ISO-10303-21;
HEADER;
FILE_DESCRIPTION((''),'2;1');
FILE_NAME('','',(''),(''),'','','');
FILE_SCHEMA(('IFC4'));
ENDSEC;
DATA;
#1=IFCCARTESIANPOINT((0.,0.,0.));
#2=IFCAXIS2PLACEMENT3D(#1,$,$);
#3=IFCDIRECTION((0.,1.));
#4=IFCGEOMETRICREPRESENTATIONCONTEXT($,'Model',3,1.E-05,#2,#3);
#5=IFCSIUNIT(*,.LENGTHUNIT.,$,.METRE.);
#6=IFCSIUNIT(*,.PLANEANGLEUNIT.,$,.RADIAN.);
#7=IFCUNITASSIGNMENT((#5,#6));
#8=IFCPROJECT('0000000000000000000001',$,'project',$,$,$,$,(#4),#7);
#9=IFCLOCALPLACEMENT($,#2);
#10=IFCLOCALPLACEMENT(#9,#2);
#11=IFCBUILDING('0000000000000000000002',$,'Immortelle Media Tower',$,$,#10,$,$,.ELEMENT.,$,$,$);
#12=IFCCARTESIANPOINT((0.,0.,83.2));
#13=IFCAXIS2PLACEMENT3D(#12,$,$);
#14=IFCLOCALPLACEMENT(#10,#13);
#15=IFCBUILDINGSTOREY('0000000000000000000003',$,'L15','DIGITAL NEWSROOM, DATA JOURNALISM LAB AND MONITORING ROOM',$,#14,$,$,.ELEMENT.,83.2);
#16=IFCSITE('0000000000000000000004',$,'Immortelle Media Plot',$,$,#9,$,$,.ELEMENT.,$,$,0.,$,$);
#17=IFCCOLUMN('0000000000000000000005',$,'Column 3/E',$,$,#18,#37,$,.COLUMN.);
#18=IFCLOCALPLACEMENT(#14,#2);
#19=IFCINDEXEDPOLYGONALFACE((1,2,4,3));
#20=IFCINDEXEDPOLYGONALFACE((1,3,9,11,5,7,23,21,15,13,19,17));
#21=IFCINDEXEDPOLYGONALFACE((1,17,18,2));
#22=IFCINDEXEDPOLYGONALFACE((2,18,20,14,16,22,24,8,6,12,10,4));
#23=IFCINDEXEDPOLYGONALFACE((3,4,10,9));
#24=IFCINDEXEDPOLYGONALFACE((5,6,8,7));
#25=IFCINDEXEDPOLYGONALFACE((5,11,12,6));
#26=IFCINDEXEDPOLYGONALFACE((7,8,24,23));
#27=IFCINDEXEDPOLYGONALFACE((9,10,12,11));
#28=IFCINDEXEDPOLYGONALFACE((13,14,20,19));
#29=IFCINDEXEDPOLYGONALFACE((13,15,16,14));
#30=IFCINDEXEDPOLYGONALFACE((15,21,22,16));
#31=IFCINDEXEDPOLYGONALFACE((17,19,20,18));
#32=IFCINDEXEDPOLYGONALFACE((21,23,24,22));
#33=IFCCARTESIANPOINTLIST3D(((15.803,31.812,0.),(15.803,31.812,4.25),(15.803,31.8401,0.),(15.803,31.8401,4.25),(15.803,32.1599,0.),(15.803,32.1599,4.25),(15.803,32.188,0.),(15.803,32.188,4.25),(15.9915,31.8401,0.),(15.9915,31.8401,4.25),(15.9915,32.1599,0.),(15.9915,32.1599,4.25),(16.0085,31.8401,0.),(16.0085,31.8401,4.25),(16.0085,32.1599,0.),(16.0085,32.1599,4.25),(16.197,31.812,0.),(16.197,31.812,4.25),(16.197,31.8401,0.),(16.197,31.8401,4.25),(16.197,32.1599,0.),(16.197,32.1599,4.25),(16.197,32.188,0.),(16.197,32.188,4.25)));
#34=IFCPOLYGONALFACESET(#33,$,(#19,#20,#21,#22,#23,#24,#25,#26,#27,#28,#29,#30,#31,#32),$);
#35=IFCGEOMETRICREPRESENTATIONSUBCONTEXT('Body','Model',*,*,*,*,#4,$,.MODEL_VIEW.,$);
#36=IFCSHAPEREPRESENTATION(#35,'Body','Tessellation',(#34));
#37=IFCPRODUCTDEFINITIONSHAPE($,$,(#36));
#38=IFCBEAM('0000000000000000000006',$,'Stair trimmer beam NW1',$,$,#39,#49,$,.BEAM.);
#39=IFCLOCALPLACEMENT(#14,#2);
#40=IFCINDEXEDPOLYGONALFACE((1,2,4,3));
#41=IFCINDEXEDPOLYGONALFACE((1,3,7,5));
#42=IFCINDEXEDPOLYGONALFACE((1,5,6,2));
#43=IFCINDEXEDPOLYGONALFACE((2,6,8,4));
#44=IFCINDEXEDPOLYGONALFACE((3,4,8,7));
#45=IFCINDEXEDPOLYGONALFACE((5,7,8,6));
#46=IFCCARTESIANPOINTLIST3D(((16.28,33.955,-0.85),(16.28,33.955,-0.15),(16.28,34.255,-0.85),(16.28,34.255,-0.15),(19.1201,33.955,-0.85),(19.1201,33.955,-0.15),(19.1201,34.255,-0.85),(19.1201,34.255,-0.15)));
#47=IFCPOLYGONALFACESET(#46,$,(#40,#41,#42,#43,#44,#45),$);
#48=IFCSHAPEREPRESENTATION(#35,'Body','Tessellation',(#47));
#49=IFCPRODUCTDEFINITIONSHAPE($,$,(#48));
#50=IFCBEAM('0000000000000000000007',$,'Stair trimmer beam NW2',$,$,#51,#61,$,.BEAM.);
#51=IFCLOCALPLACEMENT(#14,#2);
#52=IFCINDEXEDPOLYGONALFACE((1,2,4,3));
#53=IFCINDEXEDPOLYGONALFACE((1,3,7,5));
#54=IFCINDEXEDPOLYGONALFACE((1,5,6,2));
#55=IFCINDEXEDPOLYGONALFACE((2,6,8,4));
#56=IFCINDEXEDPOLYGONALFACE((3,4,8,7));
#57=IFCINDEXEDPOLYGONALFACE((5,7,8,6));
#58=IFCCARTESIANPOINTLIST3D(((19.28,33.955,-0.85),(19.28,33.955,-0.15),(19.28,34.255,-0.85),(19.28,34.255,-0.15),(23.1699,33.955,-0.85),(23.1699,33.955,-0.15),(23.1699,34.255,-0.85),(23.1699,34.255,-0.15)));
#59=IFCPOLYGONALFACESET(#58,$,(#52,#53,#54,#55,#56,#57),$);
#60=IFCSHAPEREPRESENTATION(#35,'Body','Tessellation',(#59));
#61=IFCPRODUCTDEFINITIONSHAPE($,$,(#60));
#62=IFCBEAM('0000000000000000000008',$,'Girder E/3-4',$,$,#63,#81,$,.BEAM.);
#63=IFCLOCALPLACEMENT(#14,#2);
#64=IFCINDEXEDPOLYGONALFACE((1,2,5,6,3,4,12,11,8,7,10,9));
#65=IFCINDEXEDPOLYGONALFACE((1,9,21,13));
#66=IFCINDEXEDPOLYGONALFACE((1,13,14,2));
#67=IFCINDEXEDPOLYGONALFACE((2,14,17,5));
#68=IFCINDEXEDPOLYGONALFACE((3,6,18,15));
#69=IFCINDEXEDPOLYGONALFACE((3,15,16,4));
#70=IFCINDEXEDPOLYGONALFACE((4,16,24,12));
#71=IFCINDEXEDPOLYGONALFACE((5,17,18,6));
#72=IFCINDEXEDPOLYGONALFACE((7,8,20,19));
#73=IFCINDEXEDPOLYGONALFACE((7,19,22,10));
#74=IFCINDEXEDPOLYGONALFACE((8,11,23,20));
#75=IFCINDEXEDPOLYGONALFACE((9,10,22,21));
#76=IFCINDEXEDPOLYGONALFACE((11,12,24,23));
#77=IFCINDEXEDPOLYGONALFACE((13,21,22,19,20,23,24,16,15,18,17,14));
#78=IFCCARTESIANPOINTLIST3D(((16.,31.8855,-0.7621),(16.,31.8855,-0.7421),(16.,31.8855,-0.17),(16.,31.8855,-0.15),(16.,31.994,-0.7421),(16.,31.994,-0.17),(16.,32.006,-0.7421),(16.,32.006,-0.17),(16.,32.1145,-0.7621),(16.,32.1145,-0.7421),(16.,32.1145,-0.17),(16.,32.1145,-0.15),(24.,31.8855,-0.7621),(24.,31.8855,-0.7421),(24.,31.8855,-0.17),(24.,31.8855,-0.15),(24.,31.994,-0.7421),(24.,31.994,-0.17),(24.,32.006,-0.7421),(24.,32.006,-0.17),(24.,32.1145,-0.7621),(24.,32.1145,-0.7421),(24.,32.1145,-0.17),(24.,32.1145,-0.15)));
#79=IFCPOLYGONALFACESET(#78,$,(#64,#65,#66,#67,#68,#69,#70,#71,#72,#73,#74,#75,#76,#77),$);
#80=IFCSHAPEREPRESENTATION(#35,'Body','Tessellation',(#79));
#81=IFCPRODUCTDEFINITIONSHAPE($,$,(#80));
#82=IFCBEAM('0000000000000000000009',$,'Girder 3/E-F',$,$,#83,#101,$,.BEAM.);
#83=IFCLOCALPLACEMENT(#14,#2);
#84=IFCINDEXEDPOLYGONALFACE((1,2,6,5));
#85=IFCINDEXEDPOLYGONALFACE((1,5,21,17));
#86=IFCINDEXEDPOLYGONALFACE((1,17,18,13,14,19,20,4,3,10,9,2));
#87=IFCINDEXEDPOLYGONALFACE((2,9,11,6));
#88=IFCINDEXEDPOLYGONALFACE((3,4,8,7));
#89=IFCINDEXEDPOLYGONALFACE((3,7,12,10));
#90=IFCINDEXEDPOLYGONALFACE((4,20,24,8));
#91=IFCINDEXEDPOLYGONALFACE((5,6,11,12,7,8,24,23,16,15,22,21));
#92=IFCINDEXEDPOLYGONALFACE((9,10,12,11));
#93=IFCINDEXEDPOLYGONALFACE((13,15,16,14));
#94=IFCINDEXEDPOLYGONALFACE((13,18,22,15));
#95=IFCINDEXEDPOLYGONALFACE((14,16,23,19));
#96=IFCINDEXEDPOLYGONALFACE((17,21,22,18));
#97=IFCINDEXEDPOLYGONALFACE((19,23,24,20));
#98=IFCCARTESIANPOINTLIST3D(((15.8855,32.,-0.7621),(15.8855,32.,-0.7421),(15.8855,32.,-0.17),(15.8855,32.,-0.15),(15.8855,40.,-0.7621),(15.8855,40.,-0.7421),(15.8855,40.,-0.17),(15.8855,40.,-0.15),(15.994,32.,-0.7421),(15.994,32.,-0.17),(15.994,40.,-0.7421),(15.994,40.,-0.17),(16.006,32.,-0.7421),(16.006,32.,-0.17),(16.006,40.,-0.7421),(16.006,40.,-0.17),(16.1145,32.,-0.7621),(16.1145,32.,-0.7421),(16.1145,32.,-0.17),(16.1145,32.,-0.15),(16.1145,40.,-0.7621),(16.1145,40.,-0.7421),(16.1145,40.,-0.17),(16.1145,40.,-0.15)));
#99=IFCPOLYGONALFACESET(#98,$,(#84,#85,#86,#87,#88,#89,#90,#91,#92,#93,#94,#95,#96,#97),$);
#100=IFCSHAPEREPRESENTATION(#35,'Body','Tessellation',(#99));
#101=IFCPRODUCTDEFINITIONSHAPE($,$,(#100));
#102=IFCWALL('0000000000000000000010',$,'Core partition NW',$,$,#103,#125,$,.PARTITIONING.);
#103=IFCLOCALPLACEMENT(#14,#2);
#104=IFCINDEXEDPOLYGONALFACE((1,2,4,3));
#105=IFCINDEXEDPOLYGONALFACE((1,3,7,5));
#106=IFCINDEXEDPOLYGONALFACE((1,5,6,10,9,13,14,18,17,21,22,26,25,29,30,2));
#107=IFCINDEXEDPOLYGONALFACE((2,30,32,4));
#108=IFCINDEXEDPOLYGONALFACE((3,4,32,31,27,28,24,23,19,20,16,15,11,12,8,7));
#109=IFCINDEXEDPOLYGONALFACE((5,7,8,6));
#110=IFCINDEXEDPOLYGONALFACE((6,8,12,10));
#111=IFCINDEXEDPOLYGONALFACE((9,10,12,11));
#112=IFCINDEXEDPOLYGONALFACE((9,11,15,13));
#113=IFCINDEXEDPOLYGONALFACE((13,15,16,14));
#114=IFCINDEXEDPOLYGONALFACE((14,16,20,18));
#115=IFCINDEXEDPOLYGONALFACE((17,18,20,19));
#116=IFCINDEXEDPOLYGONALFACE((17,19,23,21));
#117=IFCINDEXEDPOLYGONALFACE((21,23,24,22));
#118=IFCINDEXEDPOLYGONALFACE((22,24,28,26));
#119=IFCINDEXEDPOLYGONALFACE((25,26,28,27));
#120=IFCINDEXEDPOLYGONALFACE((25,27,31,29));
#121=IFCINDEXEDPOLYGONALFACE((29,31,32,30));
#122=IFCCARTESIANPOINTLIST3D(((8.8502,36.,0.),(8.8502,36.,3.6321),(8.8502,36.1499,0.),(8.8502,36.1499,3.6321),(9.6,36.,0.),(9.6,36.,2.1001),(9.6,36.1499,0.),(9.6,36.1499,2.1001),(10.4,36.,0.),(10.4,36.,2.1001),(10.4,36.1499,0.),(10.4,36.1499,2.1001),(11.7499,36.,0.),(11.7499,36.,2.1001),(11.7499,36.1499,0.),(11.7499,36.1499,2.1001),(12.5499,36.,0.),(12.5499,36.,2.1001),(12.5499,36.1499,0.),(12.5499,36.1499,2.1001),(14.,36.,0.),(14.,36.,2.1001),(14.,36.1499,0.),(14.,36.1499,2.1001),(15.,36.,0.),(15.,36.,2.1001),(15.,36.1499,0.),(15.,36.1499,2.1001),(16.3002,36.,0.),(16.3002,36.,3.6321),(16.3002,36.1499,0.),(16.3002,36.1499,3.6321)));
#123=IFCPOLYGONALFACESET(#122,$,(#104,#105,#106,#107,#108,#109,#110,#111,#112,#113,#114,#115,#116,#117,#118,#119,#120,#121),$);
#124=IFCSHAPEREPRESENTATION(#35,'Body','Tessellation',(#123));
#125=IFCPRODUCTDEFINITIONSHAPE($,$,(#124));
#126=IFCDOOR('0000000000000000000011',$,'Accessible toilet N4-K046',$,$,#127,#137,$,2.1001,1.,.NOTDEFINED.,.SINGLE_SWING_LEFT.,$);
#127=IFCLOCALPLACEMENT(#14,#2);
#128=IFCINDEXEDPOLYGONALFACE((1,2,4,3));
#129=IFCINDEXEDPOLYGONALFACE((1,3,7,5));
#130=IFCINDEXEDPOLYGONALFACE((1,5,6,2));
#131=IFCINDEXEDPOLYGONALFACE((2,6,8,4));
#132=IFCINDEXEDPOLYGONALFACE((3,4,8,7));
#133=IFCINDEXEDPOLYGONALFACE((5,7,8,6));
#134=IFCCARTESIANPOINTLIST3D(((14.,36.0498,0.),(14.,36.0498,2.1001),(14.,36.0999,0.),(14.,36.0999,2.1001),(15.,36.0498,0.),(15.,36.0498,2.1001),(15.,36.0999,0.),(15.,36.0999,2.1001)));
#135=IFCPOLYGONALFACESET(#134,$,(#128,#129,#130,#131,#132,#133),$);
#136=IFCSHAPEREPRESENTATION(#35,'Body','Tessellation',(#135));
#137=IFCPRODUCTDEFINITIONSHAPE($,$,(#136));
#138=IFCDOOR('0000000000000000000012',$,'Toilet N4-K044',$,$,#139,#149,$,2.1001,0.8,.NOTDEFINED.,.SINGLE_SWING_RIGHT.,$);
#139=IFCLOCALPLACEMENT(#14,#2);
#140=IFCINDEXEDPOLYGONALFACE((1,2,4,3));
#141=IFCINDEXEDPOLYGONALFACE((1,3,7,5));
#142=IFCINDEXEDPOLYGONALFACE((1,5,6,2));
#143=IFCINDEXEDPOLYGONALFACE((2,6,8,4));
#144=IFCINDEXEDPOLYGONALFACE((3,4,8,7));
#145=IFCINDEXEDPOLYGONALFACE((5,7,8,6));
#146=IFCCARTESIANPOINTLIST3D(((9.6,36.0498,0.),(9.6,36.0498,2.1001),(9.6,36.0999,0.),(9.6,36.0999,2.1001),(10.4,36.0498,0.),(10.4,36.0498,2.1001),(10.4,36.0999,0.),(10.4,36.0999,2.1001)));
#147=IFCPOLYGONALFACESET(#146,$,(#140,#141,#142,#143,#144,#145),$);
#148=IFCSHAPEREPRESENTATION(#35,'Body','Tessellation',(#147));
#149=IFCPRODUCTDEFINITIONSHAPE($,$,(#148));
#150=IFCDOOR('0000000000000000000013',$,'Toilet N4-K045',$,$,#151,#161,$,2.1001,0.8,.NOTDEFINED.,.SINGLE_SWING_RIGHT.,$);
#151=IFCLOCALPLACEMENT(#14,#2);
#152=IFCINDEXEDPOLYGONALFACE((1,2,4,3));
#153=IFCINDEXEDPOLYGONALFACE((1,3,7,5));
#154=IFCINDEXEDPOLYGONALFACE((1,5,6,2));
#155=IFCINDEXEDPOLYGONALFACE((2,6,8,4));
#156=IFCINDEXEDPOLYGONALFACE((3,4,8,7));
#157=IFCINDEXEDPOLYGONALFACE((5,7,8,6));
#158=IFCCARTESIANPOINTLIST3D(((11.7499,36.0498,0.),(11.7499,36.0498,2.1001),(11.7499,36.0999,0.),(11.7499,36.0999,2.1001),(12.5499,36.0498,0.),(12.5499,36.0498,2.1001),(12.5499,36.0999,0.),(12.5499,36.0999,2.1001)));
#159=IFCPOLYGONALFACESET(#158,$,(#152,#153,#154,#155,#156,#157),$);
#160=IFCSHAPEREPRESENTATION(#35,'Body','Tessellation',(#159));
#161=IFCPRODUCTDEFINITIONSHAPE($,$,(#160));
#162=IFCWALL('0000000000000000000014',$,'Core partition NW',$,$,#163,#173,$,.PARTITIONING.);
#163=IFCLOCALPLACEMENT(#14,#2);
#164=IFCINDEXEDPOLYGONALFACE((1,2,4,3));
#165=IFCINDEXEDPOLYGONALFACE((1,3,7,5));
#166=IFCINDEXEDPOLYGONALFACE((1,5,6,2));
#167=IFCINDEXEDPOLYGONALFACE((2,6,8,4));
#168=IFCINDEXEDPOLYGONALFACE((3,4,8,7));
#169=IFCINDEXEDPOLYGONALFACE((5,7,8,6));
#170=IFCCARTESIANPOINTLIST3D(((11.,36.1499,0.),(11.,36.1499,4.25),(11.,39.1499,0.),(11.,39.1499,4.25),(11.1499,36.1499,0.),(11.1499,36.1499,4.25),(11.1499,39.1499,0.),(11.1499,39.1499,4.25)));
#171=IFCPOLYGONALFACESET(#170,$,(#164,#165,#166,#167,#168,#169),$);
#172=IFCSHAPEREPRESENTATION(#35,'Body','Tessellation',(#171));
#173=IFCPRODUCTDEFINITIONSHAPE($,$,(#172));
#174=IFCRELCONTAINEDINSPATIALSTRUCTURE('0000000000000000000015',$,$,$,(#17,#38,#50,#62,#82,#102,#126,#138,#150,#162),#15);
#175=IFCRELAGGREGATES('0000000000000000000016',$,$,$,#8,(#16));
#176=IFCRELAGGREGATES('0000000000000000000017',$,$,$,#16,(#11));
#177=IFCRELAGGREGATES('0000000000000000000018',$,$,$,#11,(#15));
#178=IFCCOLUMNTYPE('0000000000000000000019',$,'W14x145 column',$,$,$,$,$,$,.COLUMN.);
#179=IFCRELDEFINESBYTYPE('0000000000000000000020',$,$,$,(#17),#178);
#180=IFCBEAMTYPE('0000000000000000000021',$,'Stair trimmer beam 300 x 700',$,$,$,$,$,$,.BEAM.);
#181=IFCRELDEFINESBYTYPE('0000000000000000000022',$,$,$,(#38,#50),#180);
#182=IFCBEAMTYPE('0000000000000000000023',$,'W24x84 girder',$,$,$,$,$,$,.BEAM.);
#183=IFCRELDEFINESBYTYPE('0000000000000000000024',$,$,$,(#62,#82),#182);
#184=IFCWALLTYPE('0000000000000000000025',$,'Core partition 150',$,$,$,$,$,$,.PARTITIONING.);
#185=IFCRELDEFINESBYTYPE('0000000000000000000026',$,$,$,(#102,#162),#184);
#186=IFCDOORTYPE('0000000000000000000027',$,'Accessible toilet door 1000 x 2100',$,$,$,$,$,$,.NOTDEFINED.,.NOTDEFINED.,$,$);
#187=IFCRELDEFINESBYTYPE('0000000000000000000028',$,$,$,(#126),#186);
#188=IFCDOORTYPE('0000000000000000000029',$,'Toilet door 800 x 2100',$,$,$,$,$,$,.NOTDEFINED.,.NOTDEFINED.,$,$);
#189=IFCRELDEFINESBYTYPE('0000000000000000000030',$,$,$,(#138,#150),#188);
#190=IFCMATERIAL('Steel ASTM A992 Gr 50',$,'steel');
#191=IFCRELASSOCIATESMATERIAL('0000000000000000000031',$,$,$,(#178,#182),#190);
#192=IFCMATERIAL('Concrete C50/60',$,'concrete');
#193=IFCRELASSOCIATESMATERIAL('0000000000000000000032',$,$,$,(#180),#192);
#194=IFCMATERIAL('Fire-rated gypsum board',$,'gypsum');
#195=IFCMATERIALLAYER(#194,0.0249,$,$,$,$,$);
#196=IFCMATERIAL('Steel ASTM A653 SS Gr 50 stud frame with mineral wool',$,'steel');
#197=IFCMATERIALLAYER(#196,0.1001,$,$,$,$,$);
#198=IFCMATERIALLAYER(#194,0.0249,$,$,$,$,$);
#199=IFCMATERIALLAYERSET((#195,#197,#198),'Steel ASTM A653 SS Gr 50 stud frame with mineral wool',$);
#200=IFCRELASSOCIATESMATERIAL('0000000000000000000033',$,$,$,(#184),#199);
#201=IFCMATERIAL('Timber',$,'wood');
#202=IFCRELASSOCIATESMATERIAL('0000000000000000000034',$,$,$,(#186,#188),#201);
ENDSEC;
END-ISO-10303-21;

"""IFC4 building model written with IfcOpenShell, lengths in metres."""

from ifc_helpers import new_model, si_unit, direction, frame, frame_2d, origin, origin_2d, place, context, subcontext, project, spatial, rectangle, i_section, extrude, material, layer, layer_set, material_profile, profile_set, type_object, element, fill, save


model = new_model("IFC4")

# Units and contexts
model_context = context("Model", 3, precision=1e-05, world=origin(), true_north=direction((0.0, 1.0)))
body_context = subcontext(model_context, "Body", "Model", "MODEL_VIEW")
ifc_project = project(units=[si_unit("LENGTHUNIT", "METRE"), si_unit("PLANEANGLEUNIT", "RADIAN")], contexts=[model_context])

# Site, building, storey
site_placement = place(None, origin())
site = spatial("IfcSite", under=ifc_project, at=site_placement, Name="Immortelle Media Plot", CompositionType="ELEMENT", RefElevation=0.0)
building_placement = place(site_placement, origin())
building = spatial("IfcBuilding", under=site, at=building_placement, Name="Immortelle Media Tower", CompositionType="ELEMENT")
storey_placement = place(building_placement, frame((0.0, 0.0, 83.2)))
storey = spatial("IfcBuildingStorey", under=building, at=storey_placement, Name="L15", Description="DIGITAL NEWSROOM, DATA JOURNALISM LAB AND MONITORING ROOM", CompositionType="ELEMENT", Elevation=83.2)

# Column
ifc_material_1 = material(Name="Steel ASTM A992 Gr 50", Category="steel")
ifc_material_profile_1 = material_profile(ifc_material_1, i_section(OverallWidth=0.394, OverallDepth=0.376, WebThickness=0.0171, FlangeThickness=0.0281, at=origin_2d()), Name="W14x145")
ifc_profile_set_1 = profile_set([ifc_material_profile_1], Name="Steel ASTM A992 Gr 50")
column_type = type_object("IfcColumnType", Name="W14x145 column", PredefinedType="COLUMN", material=ifc_profile_set_1)
column_placement = place(storey_placement, frame((16.0, 32.0, 0.0), z_axis=(0.0, 0.0, 1.0), x_axis=(1.0, 0.0, 0.0)))
element("IfcColumn", 1, at=column_placement, inside=storey, type_object=column_type, Name="Column 3/E", PredefinedType="COLUMN", context=body_context, shape_type="SweptSolid", body=[
    extrude(i_section(OverallWidth=0.394, OverallDepth=0.376, WebThickness=0.0171, FlangeThickness=0.0281, at=origin_2d()), origin(), (0.0, 0.0, 1.0), 4.25),
])

# Beams
ifc_material_2 = material(Name="Concrete C50/60", Category="concrete")
ifc_material_profile_2 = material_profile(ifc_material_2, rectangle(XDim=0.3, YDim=0.7, at=origin_2d()), Name="RC 300x700")
ifc_profile_set_2 = profile_set([ifc_material_profile_2], Name="Concrete C50/60")
beam_type_1 = type_object("IfcBeamType", Name="Stair trimmer beam 300 x 700", PredefinedType="BEAM", material=ifc_profile_set_2)
beam_1_placement = place(storey_placement, frame((16.28, 34.105, -0.5), z_axis=(1.0, 0.0, 0.0), x_axis=(0.0, 1.0, 0.0)))
element("IfcBeam", 2, at=beam_1_placement, inside=storey, type_object=beam_type_1, Name="Stair trimmer beam NW1", PredefinedType="BEAM", context=body_context, shape_type="SweptSolid", body=[
    extrude(rectangle(XDim=0.3, YDim=0.7, at=origin_2d()), origin(), (0.0, 0.0, 1.0), 2.8401),
])
beam_2_placement = place(storey_placement, frame((19.28, 34.105, -0.5), z_axis=(1.0, 0.0, 0.0), x_axis=(0.0, 1.0, 0.0)))
element("IfcBeam", 3, at=beam_2_placement, inside=storey, type_object=beam_type_1, Name="Stair trimmer beam NW2", PredefinedType="BEAM", context=body_context, shape_type="SweptSolid", body=[
    extrude(rectangle(XDim=0.3, YDim=0.7, at=origin_2d()), origin(), (0.0, 0.0, 1.0), 3.8899),
])
ifc_material_profile_3 = material_profile(ifc_material_1, i_section(OverallWidth=0.229, OverallDepth=0.6121, WebThickness=0.012, FlangeThickness=0.02, at=origin_2d()), Name="W24x84")
ifc_profile_set_3 = profile_set([ifc_material_profile_3], Name="Steel ASTM A992 Gr 50")
beam_type_2 = type_object("IfcBeamType", Name="W24x84 girder", PredefinedType="BEAM", material=ifc_profile_set_3)
for number, where, z_axis, x_axis, name in (
    (4, (16.0, 32.0, -0.4561), (1.0, 0.0, 0.0), (0.0, 1.0, 0.0), "Girder E/3-4"),
    (5, (16.0, 32.0, -0.4561), (0.0, 1.0, 0.0), (-1.0, 0.0, 0.0), "Girder 3/E-F"),
):
    element("IfcBeam", number, at=place(storey_placement, frame(where, z_axis=z_axis, x_axis=x_axis)), inside=storey, type_object=beam_type_2, Name=name, PredefinedType="BEAM", context=body_context, shape_type="SweptSolid", body=[
        extrude(i_section(OverallWidth=0.229, OverallDepth=0.6121, WebThickness=0.012, FlangeThickness=0.02, at=origin_2d()), origin(), (0.0, 0.0, 1.0), 8.0),
    ])

# Wall, openings, doors
ifc_material_3 = material(Name="Fire-rated gypsum board", Category="gypsum")
ifc_layer_1 = layer(ifc_material_3, 0.0249)
ifc_material_4 = material(Name="Steel ASTM A653 SS Gr 50 stud frame with mineral wool", Category="steel")
ifc_layer_2 = layer(ifc_material_4, 0.1001)
ifc_layer_3 = layer(ifc_material_3, 0.0249)
ifc_layer_set_1 = layer_set([ifc_layer_1, ifc_layer_2, ifc_layer_3], Name="Steel ASTM A653 SS Gr 50 stud frame with mineral wool")
wall_type_1 = type_object("IfcWallType", Name="Core partition 150", PredefinedType="PARTITIONING", material=ifc_layer_set_1)
wall_1_placement = place(storey_placement, frame((8.8501, 36.075, 0.0), z_axis=(0.0, 0.0, 1.0), x_axis=(1.0, 0.0, 0.0)))
wall_1 = element("IfcWall", 6, at=wall_1_placement, inside=storey, type_object=wall_type_1, Name="Core partition NW", PredefinedType="PARTITIONING", context=body_context, shape_type="SweptSolid", body=[
    extrude(rectangle(XDim=7.45, YDim=0.1499, at=frame_2d((3.7251, 0.0))), origin(), (0.0, 0.0, 1.0), 3.6321),
])
opening_1_placement = place(wall_1_placement, frame((0.75, 0.0, 0.0)))
opening_1 = element("IfcOpeningElement", 7, at=opening_1_placement, cuts=wall_1, PredefinedType="OPENING", context=body_context, shape_type="SweptSolid", body=[
    extrude(rectangle(XDim=0.8, YDim=2.1001, at=frame_2d((0.3999, 1.05))), frame((0.0, 0.085, 0.0), z_axis=(0.0, -1.0, 0.0), x_axis=(1.0, 0.0, 0.0)), (0.0, 0.0, 1.0), 0.1699),
])
opening_2_placement = place(wall_1_placement, frame((2.8999, 0.0, 0.0)))
opening_2 = element("IfcOpeningElement", 8, at=opening_2_placement, cuts=wall_1, PredefinedType="OPENING", context=body_context, shape_type="SweptSolid", body=[
    extrude(rectangle(XDim=0.8, YDim=2.1001, at=frame_2d((0.3999, 1.05))), frame((0.0, 0.085, 0.0), z_axis=(0.0, -1.0, 0.0), x_axis=(1.0, 0.0, 0.0)), (0.0, 0.0, 1.0), 0.1699),
])
opening_3_placement = place(wall_1_placement, frame((5.1499, 0.0, 0.0)))
opening_3 = element("IfcOpeningElement", 9, at=opening_3_placement, cuts=wall_1, PredefinedType="OPENING", context=body_context, shape_type="SweptSolid", body=[
    extrude(rectangle(XDim=1.0, YDim=2.1001, at=frame_2d((0.5, 1.05))), frame((0.0, 0.085, 0.0), z_axis=(0.0, -1.0, 0.0), x_axis=(1.0, 0.0, 0.0)), (0.0, 0.0, 1.0), 0.1699),
])
ifc_material_5 = material(Name="Timber", Category="wood")
door_type_1 = type_object("IfcDoorType", Name="Accessible toilet door 1000 x 2100", OperationType="NOTDEFINED", PredefinedType="NOTDEFINED", material=ifc_material_5)
door_1_placement = place(opening_3_placement, origin())
door_1 = element("IfcDoor", 10, at=door_1_placement, inside=storey, type_object=door_type_1, Name="Accessible toilet N4-K046", OperationType="SINGLE_SWING_LEFT", OverallHeight=2.1001, OverallWidth=1.0, PredefinedType="NOTDEFINED", context=body_context, shape_type="SweptSolid", body=[
    extrude(rectangle(XDim=1.0, YDim=2.1001, at=frame_2d((0.5, 1.05))), frame((0.0, 0.0249, 0.0), z_axis=(0.0, -1.0, 0.0), x_axis=(1.0, 0.0, 0.0)), (0.0, 0.0, 1.0), 0.05),
])
fill(opening_3, door_1)
door_type_2 = type_object("IfcDoorType", Name="Toilet door 800 x 2100", OperationType="NOTDEFINED", PredefinedType="NOTDEFINED", material=ifc_material_5)
door_2_placement = place(opening_1_placement, origin())
door_2 = element("IfcDoor", 11, at=door_2_placement, inside=storey, type_object=door_type_2, Name="Toilet N4-K044", OperationType="SINGLE_SWING_RIGHT", OverallHeight=2.1001, OverallWidth=0.8, PredefinedType="NOTDEFINED", context=body_context, shape_type="SweptSolid", body=[
    extrude(rectangle(XDim=0.8, YDim=2.1001, at=frame_2d((0.3999, 1.05))), frame((0.0, 0.0249, 0.0), z_axis=(0.0, -1.0, 0.0), x_axis=(1.0, 0.0, 0.0)), (0.0, 0.0, 1.0), 0.05),
])
fill(opening_1, door_2)
door_3_placement = place(opening_2_placement, origin())
door_3 = element("IfcDoor", 12, at=door_3_placement, inside=storey, type_object=door_type_2, Name="Toilet N4-K045", OperationType="SINGLE_SWING_RIGHT", OverallHeight=2.1001, OverallWidth=0.8, PredefinedType="NOTDEFINED", context=body_context, shape_type="SweptSolid", body=[
    extrude(rectangle(XDim=0.8, YDim=2.1001, at=frame_2d((0.3999, 1.05))), frame((0.0, 0.0249, 0.0), z_axis=(0.0, -1.0, 0.0), x_axis=(1.0, 0.0, 0.0)), (0.0, 0.0, 1.0), 0.05),
])
fill(opening_2, door_3)

# Wall
for number, where, z_axis, x_axis, name in (
    (13, (11.075, 36.1499, 0.0), (0.0, 0.0, 1.0), (0.0, 1.0, 0.0), "Core partition NW"),
):
    element("IfcWall", number, at=place(storey_placement, frame(where, z_axis=z_axis, x_axis=x_axis)), inside=storey, type_object=wall_type_1, Name=name, PredefinedType="PARTITIONING", context=body_context, shape_type="SweptSolid", body=[
        extrude(rectangle(XDim=3.0, YDim=0.1499, at=frame_2d((1.5, 0.0))), origin(), (0.0, 0.0, 1.0), 4.25),
    ])

save(model, "model.ifc")
